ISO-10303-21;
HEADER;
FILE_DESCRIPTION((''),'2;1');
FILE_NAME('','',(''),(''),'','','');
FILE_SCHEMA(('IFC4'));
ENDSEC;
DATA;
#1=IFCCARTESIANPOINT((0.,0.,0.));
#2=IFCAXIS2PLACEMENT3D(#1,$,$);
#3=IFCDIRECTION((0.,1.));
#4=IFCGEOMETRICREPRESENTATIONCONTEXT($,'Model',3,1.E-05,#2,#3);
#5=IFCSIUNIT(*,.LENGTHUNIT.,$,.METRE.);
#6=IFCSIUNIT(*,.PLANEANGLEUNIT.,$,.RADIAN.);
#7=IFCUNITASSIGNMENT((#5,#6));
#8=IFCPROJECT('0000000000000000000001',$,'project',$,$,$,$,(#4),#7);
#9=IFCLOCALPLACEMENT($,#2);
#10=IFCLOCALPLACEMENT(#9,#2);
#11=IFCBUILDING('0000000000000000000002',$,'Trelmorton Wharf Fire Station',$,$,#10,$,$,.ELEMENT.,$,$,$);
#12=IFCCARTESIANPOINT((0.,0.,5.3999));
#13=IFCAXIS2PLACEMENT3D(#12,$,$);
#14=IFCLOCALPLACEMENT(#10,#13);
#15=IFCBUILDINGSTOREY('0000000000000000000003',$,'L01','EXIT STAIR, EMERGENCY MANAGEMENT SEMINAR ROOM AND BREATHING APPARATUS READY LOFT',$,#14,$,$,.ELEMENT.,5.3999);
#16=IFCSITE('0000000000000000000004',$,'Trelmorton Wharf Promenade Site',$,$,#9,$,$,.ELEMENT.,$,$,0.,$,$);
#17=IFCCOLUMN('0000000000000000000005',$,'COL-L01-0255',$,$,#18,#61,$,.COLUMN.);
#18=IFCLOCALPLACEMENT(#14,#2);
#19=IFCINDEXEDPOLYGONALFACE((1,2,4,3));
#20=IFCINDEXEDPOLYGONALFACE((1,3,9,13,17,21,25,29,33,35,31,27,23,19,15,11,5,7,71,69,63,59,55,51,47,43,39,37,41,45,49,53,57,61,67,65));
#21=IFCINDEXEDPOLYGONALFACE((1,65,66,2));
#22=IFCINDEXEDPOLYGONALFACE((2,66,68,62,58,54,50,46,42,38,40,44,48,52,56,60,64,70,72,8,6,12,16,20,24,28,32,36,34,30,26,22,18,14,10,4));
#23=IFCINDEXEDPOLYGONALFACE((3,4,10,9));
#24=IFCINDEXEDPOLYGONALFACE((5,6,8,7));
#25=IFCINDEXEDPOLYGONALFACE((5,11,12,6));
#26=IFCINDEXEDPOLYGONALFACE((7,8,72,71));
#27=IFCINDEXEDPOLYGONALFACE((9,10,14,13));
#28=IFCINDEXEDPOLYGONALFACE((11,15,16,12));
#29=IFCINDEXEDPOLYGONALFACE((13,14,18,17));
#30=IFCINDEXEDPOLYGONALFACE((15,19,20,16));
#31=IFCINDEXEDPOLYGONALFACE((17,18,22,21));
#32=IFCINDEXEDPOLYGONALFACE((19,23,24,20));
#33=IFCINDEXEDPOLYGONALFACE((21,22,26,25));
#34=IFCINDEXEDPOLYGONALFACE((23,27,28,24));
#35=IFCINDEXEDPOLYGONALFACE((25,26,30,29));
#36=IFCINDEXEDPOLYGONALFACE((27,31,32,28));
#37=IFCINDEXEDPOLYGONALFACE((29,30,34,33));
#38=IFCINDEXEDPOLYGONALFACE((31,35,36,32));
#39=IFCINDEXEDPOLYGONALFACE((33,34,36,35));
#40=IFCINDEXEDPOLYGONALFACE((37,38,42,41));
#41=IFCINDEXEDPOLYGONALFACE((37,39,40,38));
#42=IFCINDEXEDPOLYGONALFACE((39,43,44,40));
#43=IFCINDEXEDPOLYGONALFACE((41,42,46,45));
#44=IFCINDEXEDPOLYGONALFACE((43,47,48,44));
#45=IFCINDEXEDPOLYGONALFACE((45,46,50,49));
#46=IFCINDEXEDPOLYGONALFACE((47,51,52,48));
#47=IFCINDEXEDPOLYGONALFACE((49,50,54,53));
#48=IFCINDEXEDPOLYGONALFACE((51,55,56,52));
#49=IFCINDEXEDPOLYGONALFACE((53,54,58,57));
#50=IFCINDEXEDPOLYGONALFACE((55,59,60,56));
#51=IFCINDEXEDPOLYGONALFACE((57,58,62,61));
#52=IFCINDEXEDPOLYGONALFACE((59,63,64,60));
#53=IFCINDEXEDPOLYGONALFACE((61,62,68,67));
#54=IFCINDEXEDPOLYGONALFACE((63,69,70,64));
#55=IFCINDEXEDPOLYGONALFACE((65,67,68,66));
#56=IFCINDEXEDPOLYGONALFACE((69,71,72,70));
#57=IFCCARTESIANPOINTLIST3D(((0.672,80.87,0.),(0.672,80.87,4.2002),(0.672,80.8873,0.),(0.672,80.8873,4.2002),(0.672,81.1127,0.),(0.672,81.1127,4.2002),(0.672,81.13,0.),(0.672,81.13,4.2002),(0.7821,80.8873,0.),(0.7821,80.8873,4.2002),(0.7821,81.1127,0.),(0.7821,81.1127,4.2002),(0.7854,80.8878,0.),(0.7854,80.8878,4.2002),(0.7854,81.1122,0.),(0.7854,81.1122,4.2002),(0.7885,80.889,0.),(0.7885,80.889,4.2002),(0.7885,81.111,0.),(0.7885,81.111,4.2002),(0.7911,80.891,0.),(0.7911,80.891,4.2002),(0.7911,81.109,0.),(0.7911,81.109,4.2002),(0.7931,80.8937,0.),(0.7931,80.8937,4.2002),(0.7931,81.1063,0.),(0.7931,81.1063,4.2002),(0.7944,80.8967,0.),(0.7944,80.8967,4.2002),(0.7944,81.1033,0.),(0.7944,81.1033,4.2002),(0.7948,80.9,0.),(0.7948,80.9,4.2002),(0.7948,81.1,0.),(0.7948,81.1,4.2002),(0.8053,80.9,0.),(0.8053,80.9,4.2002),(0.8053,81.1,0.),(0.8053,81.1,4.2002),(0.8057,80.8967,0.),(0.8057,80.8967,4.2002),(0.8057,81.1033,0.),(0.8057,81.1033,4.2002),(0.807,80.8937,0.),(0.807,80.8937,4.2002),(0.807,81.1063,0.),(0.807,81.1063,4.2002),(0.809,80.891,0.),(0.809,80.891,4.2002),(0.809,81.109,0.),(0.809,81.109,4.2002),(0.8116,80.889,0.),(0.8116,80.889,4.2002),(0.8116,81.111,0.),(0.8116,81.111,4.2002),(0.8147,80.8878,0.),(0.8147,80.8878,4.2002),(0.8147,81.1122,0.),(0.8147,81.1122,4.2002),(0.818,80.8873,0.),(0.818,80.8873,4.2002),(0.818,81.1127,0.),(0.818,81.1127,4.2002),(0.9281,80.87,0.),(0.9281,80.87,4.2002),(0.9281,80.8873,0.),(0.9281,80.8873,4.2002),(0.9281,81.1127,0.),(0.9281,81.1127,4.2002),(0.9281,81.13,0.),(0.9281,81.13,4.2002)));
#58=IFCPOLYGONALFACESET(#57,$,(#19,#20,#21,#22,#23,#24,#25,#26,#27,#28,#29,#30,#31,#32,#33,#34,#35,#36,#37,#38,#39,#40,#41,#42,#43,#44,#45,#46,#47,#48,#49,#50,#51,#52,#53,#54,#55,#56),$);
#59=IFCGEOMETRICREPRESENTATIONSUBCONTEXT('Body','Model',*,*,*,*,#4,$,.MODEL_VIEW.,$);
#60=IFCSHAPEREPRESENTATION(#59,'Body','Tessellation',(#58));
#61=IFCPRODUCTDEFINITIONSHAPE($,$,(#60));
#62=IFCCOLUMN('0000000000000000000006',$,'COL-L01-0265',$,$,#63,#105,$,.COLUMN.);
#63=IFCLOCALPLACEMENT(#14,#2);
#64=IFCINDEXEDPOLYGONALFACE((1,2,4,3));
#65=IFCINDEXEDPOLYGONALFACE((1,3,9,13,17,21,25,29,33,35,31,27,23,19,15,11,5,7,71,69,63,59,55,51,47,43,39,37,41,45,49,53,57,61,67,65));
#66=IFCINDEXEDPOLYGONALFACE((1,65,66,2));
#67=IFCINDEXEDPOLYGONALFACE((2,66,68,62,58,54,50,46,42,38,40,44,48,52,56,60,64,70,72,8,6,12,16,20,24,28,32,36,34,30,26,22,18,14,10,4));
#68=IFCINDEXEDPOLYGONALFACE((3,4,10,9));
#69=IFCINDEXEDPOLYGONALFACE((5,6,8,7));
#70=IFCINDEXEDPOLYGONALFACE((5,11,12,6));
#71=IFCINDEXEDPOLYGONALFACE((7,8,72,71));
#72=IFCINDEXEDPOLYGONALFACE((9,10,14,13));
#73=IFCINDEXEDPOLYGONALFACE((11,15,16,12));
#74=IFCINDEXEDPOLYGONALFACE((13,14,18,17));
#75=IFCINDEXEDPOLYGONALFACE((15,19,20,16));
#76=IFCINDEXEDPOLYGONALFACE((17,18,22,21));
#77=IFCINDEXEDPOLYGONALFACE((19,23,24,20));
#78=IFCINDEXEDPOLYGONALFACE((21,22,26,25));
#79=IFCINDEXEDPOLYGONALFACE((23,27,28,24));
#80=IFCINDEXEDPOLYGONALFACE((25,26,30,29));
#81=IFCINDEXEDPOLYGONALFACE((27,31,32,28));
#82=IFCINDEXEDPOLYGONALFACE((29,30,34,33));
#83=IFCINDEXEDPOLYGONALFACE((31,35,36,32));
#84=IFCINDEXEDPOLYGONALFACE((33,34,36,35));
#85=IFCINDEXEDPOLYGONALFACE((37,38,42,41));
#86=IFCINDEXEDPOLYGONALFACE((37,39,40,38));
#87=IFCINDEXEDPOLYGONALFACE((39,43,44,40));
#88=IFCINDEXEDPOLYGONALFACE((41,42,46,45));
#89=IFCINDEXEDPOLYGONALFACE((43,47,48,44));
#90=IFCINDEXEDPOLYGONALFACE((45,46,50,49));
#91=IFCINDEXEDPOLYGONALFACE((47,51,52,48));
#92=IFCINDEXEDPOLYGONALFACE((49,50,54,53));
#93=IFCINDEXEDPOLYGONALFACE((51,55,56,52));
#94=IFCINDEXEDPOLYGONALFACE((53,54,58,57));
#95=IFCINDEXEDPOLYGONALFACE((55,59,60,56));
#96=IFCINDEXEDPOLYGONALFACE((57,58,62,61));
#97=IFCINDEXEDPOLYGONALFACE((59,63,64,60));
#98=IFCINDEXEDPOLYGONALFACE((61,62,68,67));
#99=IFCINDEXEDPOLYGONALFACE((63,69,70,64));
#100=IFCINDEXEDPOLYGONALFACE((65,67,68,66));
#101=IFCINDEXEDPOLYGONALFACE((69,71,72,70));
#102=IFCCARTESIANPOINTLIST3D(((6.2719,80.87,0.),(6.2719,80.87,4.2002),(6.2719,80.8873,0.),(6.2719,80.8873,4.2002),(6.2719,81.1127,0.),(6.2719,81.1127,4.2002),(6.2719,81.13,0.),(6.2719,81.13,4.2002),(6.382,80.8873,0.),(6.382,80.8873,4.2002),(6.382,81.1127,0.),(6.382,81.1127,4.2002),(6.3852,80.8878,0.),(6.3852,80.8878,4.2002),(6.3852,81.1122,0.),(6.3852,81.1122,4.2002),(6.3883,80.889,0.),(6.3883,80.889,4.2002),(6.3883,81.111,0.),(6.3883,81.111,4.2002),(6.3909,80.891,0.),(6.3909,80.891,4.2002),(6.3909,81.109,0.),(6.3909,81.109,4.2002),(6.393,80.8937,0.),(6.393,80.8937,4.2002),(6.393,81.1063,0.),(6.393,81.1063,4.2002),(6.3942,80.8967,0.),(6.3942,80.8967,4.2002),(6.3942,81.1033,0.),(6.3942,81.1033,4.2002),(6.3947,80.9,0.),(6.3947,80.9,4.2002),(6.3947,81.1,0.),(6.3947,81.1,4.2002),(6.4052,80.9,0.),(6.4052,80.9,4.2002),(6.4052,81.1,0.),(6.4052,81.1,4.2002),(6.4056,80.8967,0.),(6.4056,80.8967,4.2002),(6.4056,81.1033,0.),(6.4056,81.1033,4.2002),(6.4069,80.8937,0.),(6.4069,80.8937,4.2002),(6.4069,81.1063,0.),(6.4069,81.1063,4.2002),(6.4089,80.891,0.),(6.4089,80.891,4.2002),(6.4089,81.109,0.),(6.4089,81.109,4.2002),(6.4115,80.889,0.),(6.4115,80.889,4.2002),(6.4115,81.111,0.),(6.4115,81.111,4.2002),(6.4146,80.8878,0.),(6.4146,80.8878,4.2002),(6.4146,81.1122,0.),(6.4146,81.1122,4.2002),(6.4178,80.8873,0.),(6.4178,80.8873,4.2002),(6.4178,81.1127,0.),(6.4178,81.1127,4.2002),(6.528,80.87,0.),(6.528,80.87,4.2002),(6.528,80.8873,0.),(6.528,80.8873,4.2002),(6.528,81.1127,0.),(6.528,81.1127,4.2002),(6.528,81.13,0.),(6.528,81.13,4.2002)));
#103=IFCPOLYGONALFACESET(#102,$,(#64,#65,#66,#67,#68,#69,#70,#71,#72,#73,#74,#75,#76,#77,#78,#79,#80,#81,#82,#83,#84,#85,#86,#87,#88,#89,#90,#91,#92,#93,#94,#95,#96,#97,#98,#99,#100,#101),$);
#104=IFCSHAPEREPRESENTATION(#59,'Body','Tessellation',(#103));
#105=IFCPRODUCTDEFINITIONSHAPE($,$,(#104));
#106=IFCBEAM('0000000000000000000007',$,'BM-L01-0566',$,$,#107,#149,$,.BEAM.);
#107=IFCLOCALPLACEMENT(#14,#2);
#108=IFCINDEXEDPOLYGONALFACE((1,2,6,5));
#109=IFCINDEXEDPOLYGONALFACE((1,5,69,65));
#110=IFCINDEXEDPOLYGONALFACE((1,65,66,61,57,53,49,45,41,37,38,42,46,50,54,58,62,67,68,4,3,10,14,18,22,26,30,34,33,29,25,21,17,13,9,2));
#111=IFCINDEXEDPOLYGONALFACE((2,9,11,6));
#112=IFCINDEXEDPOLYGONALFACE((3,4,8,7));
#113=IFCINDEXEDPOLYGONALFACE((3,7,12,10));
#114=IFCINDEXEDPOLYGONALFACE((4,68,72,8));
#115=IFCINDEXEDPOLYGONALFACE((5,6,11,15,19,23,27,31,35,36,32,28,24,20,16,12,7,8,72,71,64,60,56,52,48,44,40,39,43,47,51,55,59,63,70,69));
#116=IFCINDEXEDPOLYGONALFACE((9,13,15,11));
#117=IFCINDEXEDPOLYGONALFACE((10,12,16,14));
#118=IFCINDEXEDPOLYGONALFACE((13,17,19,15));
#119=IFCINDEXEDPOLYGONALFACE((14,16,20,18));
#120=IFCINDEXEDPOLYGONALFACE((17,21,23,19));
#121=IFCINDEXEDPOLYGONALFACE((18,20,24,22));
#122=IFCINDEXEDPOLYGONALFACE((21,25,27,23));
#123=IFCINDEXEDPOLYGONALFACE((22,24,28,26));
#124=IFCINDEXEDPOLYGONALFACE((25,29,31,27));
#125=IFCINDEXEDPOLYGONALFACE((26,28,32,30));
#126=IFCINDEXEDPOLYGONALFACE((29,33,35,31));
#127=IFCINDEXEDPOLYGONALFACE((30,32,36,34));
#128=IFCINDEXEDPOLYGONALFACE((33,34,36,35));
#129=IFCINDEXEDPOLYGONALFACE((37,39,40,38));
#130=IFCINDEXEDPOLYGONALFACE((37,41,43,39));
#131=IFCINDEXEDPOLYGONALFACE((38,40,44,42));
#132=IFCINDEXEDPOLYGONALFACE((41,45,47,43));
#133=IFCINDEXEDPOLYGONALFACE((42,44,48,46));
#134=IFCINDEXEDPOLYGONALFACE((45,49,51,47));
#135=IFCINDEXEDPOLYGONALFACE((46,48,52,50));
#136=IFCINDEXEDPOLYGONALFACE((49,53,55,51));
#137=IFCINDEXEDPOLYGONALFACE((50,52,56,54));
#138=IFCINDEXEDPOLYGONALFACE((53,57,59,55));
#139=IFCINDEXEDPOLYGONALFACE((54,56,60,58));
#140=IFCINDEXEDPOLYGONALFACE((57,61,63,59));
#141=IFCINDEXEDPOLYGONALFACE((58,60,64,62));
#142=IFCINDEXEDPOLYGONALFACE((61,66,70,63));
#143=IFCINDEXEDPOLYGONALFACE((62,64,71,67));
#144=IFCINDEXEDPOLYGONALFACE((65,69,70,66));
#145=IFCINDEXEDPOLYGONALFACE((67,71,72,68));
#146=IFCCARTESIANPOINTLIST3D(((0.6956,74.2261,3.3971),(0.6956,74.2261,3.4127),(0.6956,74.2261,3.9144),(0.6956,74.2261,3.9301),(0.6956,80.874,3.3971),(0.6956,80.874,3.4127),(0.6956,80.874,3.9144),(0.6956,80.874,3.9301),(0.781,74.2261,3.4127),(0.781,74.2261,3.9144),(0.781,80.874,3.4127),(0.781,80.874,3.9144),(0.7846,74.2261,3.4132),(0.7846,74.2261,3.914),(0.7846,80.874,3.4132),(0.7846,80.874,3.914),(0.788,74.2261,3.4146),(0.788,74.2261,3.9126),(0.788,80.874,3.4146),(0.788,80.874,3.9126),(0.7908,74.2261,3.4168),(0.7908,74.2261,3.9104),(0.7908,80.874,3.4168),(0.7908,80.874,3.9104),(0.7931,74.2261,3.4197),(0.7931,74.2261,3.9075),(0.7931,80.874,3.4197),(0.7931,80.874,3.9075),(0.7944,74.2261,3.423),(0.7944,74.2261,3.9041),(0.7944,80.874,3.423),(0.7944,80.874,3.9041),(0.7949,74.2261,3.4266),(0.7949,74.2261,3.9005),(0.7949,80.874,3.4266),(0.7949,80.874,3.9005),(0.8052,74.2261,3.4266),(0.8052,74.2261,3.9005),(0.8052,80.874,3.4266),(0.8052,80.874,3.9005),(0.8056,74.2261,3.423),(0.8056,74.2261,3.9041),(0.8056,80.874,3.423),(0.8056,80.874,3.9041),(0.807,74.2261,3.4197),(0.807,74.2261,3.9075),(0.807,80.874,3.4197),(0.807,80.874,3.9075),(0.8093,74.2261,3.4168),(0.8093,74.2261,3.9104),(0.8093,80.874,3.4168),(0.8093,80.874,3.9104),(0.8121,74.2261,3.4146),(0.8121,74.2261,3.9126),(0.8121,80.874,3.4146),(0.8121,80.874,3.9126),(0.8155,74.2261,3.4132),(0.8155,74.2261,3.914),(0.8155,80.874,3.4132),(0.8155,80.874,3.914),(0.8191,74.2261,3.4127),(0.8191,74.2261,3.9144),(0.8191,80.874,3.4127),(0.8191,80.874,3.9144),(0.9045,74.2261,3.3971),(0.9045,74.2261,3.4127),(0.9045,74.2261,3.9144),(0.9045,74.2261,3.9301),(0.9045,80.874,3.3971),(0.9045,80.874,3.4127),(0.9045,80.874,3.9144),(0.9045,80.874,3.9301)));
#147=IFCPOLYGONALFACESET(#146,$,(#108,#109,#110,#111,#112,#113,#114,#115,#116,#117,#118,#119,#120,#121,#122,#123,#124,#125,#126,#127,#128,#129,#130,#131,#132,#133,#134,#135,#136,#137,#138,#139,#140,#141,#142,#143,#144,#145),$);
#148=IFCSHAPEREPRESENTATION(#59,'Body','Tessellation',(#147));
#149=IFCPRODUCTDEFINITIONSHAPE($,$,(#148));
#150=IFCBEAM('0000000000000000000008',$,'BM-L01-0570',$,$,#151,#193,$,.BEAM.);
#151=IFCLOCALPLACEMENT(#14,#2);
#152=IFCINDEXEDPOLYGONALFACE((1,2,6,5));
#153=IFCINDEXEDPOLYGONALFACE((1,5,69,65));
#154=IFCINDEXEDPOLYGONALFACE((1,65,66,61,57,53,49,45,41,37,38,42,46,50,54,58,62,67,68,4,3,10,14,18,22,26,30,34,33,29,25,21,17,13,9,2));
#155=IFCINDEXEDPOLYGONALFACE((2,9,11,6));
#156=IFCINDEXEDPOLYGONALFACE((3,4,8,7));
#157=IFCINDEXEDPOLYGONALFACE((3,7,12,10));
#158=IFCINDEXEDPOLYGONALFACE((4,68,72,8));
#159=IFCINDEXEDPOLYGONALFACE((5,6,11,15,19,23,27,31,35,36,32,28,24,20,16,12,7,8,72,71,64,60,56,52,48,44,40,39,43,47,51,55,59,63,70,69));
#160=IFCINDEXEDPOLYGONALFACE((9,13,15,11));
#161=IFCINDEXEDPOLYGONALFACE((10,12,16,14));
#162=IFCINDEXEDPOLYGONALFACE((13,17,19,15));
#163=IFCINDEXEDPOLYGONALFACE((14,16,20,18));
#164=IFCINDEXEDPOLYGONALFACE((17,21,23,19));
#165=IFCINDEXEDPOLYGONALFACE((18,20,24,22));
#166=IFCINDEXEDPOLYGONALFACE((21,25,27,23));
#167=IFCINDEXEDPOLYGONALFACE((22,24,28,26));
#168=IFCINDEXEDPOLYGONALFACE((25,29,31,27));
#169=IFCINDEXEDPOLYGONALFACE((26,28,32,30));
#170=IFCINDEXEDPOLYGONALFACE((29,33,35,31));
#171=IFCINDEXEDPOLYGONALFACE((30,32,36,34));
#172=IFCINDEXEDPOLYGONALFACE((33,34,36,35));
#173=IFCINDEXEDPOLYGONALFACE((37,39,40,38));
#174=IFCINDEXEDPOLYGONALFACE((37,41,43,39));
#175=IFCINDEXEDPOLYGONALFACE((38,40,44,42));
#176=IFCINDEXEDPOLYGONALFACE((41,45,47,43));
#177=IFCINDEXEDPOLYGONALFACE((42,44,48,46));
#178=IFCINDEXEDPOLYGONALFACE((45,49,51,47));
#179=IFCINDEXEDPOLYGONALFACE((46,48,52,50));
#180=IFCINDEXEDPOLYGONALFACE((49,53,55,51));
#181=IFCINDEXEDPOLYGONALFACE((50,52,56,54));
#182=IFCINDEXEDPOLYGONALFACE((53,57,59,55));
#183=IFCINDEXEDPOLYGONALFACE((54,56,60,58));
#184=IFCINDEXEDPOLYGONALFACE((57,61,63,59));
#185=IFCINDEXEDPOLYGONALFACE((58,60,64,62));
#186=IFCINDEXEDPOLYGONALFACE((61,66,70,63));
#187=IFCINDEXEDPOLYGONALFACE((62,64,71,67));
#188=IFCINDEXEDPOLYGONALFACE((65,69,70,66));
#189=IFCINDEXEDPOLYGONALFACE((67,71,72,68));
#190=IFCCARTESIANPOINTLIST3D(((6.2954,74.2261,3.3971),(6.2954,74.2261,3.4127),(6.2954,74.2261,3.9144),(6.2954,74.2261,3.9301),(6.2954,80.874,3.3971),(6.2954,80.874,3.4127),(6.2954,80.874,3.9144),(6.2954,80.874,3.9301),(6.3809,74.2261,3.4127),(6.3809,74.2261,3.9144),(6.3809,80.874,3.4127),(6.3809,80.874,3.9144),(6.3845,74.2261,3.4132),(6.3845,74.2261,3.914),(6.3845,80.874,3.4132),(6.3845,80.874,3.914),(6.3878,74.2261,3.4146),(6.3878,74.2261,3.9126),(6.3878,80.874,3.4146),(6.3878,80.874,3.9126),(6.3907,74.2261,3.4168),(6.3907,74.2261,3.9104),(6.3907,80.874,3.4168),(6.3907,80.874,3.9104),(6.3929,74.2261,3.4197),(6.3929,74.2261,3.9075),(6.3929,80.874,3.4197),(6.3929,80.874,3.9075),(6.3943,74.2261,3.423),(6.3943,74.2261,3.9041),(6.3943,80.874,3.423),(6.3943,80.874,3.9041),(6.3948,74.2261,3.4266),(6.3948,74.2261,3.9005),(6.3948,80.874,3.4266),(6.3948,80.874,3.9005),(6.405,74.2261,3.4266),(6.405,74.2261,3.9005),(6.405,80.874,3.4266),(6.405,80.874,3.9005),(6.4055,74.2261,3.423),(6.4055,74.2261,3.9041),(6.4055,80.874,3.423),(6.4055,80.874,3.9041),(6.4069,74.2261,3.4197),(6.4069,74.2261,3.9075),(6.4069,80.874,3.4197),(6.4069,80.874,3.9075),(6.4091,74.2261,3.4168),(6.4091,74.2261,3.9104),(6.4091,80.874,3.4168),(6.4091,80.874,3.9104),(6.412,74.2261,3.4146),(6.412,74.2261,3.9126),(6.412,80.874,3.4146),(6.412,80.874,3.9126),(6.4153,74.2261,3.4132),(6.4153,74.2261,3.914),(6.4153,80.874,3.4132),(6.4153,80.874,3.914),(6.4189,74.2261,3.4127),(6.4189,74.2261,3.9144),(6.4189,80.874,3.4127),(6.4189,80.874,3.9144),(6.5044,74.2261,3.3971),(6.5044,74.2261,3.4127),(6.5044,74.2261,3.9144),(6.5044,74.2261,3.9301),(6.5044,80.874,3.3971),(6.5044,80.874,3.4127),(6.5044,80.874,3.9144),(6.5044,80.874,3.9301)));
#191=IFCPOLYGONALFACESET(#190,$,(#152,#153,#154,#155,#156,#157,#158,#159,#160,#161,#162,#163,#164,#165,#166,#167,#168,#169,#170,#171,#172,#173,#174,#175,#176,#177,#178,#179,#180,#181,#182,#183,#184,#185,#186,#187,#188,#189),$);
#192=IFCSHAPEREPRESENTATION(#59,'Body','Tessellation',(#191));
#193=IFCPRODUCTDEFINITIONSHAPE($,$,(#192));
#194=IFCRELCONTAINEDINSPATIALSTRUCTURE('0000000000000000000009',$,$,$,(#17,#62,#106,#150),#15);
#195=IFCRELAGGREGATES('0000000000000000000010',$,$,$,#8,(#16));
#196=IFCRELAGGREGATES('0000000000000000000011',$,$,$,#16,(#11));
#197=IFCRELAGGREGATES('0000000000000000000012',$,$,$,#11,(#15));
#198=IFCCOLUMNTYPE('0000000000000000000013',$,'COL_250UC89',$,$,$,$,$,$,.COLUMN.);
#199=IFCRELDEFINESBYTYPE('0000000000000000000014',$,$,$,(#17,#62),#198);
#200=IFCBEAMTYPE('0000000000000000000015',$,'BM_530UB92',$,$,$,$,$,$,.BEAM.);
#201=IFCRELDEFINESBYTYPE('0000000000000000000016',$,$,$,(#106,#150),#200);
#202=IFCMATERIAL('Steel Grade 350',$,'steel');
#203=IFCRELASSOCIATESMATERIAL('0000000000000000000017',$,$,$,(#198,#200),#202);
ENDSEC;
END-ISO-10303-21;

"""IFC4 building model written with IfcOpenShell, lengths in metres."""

from ifc_helpers import new_model, si_unit, direction, frame, origin, origin_2d, place, context, subcontext, project, spatial, i_section, extrude, material, material_profile, profile_set, type_object, element, save


model = new_model("IFC4")

# Units and contexts
model_context = context("Model", 3, precision=1e-05, world=origin(), true_north=direction((0.0, 1.0)))
body_context = subcontext(model_context, "Body", "Model", "MODEL_VIEW")
ifc_project = project(units=[si_unit("LENGTHUNIT", "METRE"), si_unit("PLANEANGLEUNIT", "RADIAN")], contexts=[model_context])

# Site, building, storey
site_placement = place(None, origin())
site = spatial("IfcSite", under=ifc_project, at=site_placement, Name="Trelmorton Wharf Promenade Site", CompositionType="ELEMENT", RefElevation=0.0)
building_placement = place(site_placement, origin())
building = spatial("IfcBuilding", under=site, at=building_placement, Name="Trelmorton Wharf Fire Station", CompositionType="ELEMENT")
storey_placement = place(building_placement, frame((0.0, 0.0, 5.3999)))
storey = spatial("IfcBuildingStorey", under=building, at=storey_placement, Name="L01", Description="EXIT STAIR, EMERGENCY MANAGEMENT SEMINAR ROOM AND BREATHING APPARATUS READY LOFT", CompositionType="ELEMENT", Elevation=5.3999)

# Columns
ifc_material_1 = material(Name="Steel Grade 350", Category="steel")
ifc_material_profile_1 = material_profile(ifc_material_1, i_section(OverallWidth=0.2561, OverallDepth=0.26, WebThickness=0.0105, FlangeThickness=0.0173, FilletRadius=0.0127, at=origin_2d()), Name="250UC89.5")
ifc_profile_set_1 = profile_set([ifc_material_profile_1], Name="Steel Grade 350")
column_type = type_object("IfcColumnType", Name="COL_250UC89", PredefinedType="COLUMN", material=ifc_profile_set_1)
for number, where, z_axis, x_axis, name in (
    (1, (0.8, 81.0, 0.0), (0.0, 0.0, 1.0), (1.0, 0.0, 0.0), "COL-L01-0255"),
    (2, (6.3999, 81.0, 0.0), (0.0, 0.0, 1.0), (1.0, 0.0, 0.0), "COL-L01-0265"),
):
    element("IfcColumn", number, at=place(storey_placement, frame(where, z_axis=z_axis, x_axis=x_axis)), inside=storey, type_object=column_type, Name=name, PredefinedType="COLUMN", context=body_context, shape_type="SweptSolid", body=[
        extrude(i_section(OverallWidth=0.2561, OverallDepth=0.26, WebThickness=0.0105, FlangeThickness=0.0173, FilletRadius=0.0127, at=origin_2d()), origin(), (0.0, 0.0, 1.0), 4.2002),
    ])

# Beams
ifc_material_profile_2 = material_profile(ifc_material_1, i_section(OverallWidth=0.209, OverallDepth=0.533, WebThickness=0.0103, FlangeThickness=0.0156, FilletRadius=0.0139, at=origin_2d()), Name="530UB92.4")
ifc_profile_set_2 = profile_set([ifc_material_profile_2], Name="Steel Grade 350")
beam_type_1 = type_object("IfcBeamType", Name="BM_530UB92", PredefinedType="BEAM", material=ifc_profile_set_2)
for number, where, z_axis, x_axis, name in (
    (3, (0.8, 74.2261, 3.6636), (0.0, 1.0, 0.0), (-1.0, 0.0, 0.0), "BM-L01-0566"),
    (4, (6.3999, 74.2261, 3.6636), (0.0, 1.0, 0.0), (-1.0, 0.0, 0.0), "BM-L01-0570"),
):
    element("IfcBeam", number, at=place(storey_placement, frame(where, z_axis=z_axis, x_axis=x_axis)), inside=storey, type_object=beam_type_1, Name=name, PredefinedType="BEAM", context=body_context, shape_type="SweptSolid", body=[
        extrude(i_section(OverallWidth=0.209, OverallDepth=0.533, WebThickness=0.0103, FlangeThickness=0.0156, FilletRadius=0.0139, at=origin_2d()), origin(), (0.0, 0.0, 1.0), 6.6479),
    ])

save(model, "model.ifc")
